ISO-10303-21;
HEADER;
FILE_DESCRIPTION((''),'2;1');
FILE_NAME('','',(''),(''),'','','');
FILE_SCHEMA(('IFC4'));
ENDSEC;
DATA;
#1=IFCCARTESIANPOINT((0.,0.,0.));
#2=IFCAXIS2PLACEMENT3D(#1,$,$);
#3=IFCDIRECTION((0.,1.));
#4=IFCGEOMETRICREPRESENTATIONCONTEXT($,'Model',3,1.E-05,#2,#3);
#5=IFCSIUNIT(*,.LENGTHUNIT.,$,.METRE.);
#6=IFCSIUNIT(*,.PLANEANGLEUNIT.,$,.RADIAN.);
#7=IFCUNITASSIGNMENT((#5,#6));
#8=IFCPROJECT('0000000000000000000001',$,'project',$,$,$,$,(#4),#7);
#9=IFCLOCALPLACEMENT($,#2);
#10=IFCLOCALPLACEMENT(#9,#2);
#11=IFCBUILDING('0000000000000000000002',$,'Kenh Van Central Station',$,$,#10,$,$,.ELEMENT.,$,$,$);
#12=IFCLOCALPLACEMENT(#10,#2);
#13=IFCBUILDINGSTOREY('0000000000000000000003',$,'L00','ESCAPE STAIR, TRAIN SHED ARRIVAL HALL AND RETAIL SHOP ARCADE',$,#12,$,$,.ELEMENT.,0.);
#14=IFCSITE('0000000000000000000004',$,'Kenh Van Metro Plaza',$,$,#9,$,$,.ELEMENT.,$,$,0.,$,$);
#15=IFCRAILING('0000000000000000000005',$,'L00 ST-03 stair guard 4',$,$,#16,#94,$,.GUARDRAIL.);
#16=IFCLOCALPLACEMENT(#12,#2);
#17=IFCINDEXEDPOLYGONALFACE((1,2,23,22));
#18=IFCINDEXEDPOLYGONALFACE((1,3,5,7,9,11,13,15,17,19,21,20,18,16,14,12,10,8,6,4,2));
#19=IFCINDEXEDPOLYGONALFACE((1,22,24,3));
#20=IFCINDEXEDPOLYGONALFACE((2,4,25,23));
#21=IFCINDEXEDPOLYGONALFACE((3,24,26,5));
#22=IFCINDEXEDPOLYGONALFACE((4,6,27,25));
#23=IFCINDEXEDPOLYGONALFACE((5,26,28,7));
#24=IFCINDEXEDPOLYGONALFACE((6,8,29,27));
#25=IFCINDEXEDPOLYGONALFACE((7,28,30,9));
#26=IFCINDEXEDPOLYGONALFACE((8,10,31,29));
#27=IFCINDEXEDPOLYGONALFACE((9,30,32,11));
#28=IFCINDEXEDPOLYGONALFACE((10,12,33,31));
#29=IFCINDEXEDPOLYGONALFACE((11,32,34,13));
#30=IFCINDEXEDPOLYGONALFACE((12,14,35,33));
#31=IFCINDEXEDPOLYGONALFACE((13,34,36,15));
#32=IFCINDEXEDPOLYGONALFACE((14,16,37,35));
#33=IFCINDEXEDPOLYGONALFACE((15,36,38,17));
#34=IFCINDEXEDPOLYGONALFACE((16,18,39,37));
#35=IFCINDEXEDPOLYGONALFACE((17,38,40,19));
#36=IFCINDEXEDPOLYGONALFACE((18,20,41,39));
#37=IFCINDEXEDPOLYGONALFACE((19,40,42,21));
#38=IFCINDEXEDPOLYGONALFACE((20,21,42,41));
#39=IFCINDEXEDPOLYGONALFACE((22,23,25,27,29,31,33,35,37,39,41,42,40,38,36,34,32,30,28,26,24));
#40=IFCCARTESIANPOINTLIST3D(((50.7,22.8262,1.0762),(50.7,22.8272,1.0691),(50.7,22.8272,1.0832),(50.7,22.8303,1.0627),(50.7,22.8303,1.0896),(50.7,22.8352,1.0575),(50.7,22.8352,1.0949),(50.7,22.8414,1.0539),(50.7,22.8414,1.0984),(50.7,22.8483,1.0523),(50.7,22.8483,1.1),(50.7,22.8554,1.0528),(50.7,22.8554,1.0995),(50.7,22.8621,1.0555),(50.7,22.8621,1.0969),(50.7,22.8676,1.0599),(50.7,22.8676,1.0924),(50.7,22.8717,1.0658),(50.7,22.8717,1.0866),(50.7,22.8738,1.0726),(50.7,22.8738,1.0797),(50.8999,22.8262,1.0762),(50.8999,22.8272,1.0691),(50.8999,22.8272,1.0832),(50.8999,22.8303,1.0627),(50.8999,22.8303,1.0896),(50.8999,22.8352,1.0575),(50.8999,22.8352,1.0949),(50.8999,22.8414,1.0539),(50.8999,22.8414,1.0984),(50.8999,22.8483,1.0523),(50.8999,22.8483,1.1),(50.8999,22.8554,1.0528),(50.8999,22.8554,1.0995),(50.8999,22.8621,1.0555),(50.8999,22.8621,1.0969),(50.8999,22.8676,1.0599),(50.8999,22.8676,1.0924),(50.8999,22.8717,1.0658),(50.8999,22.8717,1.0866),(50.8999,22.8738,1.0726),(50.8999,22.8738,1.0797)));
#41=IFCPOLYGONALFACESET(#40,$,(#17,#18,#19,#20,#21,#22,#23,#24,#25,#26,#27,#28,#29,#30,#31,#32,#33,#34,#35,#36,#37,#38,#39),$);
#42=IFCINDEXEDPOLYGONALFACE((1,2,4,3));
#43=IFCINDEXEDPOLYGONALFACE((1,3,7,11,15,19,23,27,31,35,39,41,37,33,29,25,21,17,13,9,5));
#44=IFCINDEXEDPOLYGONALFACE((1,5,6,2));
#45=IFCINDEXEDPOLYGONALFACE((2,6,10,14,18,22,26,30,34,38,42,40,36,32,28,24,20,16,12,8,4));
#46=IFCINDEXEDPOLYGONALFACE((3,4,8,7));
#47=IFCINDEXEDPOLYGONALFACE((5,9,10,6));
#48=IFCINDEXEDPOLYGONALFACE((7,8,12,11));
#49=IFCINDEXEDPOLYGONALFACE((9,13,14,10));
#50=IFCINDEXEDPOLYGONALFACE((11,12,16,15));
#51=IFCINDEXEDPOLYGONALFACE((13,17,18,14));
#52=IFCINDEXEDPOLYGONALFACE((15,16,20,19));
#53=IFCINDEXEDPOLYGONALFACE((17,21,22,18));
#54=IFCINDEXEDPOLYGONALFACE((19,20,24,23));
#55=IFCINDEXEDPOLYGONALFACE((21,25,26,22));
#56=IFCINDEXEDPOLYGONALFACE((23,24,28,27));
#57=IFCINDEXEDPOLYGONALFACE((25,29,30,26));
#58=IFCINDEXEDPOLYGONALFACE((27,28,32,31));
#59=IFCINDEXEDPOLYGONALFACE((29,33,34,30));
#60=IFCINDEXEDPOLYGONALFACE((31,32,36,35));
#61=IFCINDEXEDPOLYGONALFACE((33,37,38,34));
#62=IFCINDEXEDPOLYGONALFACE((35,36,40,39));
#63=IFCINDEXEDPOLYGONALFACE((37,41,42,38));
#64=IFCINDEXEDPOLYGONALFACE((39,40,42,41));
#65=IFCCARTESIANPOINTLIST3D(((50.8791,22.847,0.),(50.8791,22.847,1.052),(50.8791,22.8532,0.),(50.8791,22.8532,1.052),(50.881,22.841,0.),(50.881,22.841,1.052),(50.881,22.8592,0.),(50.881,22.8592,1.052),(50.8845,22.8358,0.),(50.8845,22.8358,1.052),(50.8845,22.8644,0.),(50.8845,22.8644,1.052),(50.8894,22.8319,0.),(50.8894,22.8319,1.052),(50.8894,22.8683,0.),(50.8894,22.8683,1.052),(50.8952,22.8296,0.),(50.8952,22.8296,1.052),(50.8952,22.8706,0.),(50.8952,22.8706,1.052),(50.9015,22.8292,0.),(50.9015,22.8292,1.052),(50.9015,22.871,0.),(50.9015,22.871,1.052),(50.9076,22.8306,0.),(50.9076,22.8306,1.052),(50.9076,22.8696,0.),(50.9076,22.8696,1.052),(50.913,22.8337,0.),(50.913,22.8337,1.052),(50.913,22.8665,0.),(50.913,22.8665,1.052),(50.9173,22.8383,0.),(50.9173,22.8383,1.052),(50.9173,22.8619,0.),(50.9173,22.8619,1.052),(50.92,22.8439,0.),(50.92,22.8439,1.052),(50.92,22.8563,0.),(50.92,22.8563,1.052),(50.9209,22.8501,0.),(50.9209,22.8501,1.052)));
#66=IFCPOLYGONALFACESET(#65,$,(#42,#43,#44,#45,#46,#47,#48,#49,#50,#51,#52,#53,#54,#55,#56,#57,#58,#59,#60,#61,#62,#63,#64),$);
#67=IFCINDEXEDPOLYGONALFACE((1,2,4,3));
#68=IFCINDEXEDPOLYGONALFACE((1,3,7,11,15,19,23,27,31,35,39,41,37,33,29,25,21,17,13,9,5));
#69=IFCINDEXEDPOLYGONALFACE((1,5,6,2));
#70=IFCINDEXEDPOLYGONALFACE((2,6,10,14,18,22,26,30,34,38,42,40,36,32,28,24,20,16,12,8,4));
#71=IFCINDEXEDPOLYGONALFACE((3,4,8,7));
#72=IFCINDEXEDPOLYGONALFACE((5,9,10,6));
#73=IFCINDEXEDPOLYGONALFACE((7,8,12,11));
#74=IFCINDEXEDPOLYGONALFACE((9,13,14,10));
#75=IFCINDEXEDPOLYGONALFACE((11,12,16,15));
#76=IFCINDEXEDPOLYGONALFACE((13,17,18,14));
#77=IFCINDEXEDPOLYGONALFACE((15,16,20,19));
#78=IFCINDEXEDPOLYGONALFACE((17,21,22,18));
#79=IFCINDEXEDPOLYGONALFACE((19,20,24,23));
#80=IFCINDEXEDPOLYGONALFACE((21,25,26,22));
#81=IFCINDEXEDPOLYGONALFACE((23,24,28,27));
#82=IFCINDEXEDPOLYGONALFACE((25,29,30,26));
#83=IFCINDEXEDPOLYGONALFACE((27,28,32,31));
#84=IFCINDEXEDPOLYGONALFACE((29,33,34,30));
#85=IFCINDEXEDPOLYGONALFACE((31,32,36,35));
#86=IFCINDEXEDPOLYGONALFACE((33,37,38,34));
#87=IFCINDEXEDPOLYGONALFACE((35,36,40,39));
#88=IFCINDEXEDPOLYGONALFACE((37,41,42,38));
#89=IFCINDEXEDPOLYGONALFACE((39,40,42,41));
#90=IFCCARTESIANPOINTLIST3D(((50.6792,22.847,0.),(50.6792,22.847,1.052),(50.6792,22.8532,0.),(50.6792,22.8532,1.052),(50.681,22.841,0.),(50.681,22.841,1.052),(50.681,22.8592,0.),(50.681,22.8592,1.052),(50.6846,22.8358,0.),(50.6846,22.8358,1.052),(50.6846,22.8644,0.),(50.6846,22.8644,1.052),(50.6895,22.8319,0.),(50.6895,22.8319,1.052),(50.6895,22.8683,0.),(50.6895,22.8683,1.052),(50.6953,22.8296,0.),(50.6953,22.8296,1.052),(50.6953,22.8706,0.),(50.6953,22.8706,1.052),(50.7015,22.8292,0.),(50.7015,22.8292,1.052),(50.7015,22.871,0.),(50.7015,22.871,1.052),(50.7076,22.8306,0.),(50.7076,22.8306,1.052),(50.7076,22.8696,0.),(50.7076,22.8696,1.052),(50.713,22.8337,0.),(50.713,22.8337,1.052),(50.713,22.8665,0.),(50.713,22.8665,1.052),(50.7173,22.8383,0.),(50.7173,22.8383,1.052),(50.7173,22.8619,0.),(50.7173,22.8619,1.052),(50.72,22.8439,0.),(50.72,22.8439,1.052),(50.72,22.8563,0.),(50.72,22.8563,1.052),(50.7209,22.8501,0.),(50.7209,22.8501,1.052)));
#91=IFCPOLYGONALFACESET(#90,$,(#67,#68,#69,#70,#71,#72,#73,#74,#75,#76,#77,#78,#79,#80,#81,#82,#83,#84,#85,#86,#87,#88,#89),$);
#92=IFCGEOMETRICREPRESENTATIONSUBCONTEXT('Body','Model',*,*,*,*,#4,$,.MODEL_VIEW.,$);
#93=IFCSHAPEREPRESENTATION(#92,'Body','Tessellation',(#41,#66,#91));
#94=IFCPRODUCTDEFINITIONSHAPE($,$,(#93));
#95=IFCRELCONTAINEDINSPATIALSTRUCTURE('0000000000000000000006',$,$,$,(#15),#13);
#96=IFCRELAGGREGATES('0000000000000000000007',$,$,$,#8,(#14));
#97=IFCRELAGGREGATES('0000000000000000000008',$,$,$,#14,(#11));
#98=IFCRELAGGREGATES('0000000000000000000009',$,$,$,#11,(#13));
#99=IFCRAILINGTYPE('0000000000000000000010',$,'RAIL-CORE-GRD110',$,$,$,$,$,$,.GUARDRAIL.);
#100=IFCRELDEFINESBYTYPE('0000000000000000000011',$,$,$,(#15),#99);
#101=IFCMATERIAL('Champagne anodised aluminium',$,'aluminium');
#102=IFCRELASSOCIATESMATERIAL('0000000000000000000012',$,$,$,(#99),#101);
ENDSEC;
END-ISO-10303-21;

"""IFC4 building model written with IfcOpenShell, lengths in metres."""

from ifc_helpers import new_model, si_unit, direction, frame, origin, origin_2d, place, context, subcontext, project, spatial, circle, extrude, material, type_object, element, save


model = new_model("IFC4")

# Units and contexts
model_context = context("Model", 3, precision=1e-05, world=origin(), true_north=direction((0.0, 1.0)))
body_context = subcontext(model_context, "Body", "Model", "MODEL_VIEW")
ifc_project = project(units=[si_unit("LENGTHUNIT", "METRE"), si_unit("PLANEANGLEUNIT", "RADIAN")], contexts=[model_context])

# Site, building, storey
site_placement = place(None, origin())
site = spatial("IfcSite", under=ifc_project, at=site_placement, Name="Kenh Van Metro Plaza", CompositionType="ELEMENT", RefElevation=0.0)
building_placement = place(site_placement, origin())
building = spatial("IfcBuilding", under=site, at=building_placement, Name="Kenh Van Central Station", CompositionType="ELEMENT")
storey_placement = place(building_placement, origin())
storey = spatial("IfcBuildingStorey", under=building, at=storey_placement, Name="L00", Description="ESCAPE STAIR, TRAIN SHED ARRIVAL HALL AND RETAIL SHOP ARCADE", CompositionType="ELEMENT", Elevation=0.0)

# Shared definitions
ifc_material_1 = material(Name="Champagne anodised aluminium", Category="aluminium")

# Railing
railing_type = type_object("IfcRailingType", Name="RAIL-CORE-GRD110", PredefinedType="GUARDRAIL", material=ifc_material_1)
railing_1_placement = place(storey_placement, frame((50.8999, 22.8501, 0.0)))
element("IfcRailing", 1, at=railing_1_placement, inside=storey, type_object=railing_type, Name="L00 ST-03 stair guard 4", PredefinedType="GUARDRAIL", context=body_context, shape_type="SweptSolid", body=[
    extrude(circle(Radius=0.0239, at=origin_2d()), frame((0.0, 0.0, 1.0762), z_axis=(-1.0, 0.0, 0.0), x_axis=(0.0, -1.0, 0.0)), (0.0, 0.0, 1.0), 0.2),
    extrude(circle(Radius=0.021, at=origin_2d()), origin(), (0.0, 0.0, 1.0), 1.052),
    extrude(circle(Radius=0.021, at=origin_2d()), frame((-0.2, 0.0, 0.0)), (0.0, 0.0, 1.0), 1.052),
])

save(model, "model.ifc")
